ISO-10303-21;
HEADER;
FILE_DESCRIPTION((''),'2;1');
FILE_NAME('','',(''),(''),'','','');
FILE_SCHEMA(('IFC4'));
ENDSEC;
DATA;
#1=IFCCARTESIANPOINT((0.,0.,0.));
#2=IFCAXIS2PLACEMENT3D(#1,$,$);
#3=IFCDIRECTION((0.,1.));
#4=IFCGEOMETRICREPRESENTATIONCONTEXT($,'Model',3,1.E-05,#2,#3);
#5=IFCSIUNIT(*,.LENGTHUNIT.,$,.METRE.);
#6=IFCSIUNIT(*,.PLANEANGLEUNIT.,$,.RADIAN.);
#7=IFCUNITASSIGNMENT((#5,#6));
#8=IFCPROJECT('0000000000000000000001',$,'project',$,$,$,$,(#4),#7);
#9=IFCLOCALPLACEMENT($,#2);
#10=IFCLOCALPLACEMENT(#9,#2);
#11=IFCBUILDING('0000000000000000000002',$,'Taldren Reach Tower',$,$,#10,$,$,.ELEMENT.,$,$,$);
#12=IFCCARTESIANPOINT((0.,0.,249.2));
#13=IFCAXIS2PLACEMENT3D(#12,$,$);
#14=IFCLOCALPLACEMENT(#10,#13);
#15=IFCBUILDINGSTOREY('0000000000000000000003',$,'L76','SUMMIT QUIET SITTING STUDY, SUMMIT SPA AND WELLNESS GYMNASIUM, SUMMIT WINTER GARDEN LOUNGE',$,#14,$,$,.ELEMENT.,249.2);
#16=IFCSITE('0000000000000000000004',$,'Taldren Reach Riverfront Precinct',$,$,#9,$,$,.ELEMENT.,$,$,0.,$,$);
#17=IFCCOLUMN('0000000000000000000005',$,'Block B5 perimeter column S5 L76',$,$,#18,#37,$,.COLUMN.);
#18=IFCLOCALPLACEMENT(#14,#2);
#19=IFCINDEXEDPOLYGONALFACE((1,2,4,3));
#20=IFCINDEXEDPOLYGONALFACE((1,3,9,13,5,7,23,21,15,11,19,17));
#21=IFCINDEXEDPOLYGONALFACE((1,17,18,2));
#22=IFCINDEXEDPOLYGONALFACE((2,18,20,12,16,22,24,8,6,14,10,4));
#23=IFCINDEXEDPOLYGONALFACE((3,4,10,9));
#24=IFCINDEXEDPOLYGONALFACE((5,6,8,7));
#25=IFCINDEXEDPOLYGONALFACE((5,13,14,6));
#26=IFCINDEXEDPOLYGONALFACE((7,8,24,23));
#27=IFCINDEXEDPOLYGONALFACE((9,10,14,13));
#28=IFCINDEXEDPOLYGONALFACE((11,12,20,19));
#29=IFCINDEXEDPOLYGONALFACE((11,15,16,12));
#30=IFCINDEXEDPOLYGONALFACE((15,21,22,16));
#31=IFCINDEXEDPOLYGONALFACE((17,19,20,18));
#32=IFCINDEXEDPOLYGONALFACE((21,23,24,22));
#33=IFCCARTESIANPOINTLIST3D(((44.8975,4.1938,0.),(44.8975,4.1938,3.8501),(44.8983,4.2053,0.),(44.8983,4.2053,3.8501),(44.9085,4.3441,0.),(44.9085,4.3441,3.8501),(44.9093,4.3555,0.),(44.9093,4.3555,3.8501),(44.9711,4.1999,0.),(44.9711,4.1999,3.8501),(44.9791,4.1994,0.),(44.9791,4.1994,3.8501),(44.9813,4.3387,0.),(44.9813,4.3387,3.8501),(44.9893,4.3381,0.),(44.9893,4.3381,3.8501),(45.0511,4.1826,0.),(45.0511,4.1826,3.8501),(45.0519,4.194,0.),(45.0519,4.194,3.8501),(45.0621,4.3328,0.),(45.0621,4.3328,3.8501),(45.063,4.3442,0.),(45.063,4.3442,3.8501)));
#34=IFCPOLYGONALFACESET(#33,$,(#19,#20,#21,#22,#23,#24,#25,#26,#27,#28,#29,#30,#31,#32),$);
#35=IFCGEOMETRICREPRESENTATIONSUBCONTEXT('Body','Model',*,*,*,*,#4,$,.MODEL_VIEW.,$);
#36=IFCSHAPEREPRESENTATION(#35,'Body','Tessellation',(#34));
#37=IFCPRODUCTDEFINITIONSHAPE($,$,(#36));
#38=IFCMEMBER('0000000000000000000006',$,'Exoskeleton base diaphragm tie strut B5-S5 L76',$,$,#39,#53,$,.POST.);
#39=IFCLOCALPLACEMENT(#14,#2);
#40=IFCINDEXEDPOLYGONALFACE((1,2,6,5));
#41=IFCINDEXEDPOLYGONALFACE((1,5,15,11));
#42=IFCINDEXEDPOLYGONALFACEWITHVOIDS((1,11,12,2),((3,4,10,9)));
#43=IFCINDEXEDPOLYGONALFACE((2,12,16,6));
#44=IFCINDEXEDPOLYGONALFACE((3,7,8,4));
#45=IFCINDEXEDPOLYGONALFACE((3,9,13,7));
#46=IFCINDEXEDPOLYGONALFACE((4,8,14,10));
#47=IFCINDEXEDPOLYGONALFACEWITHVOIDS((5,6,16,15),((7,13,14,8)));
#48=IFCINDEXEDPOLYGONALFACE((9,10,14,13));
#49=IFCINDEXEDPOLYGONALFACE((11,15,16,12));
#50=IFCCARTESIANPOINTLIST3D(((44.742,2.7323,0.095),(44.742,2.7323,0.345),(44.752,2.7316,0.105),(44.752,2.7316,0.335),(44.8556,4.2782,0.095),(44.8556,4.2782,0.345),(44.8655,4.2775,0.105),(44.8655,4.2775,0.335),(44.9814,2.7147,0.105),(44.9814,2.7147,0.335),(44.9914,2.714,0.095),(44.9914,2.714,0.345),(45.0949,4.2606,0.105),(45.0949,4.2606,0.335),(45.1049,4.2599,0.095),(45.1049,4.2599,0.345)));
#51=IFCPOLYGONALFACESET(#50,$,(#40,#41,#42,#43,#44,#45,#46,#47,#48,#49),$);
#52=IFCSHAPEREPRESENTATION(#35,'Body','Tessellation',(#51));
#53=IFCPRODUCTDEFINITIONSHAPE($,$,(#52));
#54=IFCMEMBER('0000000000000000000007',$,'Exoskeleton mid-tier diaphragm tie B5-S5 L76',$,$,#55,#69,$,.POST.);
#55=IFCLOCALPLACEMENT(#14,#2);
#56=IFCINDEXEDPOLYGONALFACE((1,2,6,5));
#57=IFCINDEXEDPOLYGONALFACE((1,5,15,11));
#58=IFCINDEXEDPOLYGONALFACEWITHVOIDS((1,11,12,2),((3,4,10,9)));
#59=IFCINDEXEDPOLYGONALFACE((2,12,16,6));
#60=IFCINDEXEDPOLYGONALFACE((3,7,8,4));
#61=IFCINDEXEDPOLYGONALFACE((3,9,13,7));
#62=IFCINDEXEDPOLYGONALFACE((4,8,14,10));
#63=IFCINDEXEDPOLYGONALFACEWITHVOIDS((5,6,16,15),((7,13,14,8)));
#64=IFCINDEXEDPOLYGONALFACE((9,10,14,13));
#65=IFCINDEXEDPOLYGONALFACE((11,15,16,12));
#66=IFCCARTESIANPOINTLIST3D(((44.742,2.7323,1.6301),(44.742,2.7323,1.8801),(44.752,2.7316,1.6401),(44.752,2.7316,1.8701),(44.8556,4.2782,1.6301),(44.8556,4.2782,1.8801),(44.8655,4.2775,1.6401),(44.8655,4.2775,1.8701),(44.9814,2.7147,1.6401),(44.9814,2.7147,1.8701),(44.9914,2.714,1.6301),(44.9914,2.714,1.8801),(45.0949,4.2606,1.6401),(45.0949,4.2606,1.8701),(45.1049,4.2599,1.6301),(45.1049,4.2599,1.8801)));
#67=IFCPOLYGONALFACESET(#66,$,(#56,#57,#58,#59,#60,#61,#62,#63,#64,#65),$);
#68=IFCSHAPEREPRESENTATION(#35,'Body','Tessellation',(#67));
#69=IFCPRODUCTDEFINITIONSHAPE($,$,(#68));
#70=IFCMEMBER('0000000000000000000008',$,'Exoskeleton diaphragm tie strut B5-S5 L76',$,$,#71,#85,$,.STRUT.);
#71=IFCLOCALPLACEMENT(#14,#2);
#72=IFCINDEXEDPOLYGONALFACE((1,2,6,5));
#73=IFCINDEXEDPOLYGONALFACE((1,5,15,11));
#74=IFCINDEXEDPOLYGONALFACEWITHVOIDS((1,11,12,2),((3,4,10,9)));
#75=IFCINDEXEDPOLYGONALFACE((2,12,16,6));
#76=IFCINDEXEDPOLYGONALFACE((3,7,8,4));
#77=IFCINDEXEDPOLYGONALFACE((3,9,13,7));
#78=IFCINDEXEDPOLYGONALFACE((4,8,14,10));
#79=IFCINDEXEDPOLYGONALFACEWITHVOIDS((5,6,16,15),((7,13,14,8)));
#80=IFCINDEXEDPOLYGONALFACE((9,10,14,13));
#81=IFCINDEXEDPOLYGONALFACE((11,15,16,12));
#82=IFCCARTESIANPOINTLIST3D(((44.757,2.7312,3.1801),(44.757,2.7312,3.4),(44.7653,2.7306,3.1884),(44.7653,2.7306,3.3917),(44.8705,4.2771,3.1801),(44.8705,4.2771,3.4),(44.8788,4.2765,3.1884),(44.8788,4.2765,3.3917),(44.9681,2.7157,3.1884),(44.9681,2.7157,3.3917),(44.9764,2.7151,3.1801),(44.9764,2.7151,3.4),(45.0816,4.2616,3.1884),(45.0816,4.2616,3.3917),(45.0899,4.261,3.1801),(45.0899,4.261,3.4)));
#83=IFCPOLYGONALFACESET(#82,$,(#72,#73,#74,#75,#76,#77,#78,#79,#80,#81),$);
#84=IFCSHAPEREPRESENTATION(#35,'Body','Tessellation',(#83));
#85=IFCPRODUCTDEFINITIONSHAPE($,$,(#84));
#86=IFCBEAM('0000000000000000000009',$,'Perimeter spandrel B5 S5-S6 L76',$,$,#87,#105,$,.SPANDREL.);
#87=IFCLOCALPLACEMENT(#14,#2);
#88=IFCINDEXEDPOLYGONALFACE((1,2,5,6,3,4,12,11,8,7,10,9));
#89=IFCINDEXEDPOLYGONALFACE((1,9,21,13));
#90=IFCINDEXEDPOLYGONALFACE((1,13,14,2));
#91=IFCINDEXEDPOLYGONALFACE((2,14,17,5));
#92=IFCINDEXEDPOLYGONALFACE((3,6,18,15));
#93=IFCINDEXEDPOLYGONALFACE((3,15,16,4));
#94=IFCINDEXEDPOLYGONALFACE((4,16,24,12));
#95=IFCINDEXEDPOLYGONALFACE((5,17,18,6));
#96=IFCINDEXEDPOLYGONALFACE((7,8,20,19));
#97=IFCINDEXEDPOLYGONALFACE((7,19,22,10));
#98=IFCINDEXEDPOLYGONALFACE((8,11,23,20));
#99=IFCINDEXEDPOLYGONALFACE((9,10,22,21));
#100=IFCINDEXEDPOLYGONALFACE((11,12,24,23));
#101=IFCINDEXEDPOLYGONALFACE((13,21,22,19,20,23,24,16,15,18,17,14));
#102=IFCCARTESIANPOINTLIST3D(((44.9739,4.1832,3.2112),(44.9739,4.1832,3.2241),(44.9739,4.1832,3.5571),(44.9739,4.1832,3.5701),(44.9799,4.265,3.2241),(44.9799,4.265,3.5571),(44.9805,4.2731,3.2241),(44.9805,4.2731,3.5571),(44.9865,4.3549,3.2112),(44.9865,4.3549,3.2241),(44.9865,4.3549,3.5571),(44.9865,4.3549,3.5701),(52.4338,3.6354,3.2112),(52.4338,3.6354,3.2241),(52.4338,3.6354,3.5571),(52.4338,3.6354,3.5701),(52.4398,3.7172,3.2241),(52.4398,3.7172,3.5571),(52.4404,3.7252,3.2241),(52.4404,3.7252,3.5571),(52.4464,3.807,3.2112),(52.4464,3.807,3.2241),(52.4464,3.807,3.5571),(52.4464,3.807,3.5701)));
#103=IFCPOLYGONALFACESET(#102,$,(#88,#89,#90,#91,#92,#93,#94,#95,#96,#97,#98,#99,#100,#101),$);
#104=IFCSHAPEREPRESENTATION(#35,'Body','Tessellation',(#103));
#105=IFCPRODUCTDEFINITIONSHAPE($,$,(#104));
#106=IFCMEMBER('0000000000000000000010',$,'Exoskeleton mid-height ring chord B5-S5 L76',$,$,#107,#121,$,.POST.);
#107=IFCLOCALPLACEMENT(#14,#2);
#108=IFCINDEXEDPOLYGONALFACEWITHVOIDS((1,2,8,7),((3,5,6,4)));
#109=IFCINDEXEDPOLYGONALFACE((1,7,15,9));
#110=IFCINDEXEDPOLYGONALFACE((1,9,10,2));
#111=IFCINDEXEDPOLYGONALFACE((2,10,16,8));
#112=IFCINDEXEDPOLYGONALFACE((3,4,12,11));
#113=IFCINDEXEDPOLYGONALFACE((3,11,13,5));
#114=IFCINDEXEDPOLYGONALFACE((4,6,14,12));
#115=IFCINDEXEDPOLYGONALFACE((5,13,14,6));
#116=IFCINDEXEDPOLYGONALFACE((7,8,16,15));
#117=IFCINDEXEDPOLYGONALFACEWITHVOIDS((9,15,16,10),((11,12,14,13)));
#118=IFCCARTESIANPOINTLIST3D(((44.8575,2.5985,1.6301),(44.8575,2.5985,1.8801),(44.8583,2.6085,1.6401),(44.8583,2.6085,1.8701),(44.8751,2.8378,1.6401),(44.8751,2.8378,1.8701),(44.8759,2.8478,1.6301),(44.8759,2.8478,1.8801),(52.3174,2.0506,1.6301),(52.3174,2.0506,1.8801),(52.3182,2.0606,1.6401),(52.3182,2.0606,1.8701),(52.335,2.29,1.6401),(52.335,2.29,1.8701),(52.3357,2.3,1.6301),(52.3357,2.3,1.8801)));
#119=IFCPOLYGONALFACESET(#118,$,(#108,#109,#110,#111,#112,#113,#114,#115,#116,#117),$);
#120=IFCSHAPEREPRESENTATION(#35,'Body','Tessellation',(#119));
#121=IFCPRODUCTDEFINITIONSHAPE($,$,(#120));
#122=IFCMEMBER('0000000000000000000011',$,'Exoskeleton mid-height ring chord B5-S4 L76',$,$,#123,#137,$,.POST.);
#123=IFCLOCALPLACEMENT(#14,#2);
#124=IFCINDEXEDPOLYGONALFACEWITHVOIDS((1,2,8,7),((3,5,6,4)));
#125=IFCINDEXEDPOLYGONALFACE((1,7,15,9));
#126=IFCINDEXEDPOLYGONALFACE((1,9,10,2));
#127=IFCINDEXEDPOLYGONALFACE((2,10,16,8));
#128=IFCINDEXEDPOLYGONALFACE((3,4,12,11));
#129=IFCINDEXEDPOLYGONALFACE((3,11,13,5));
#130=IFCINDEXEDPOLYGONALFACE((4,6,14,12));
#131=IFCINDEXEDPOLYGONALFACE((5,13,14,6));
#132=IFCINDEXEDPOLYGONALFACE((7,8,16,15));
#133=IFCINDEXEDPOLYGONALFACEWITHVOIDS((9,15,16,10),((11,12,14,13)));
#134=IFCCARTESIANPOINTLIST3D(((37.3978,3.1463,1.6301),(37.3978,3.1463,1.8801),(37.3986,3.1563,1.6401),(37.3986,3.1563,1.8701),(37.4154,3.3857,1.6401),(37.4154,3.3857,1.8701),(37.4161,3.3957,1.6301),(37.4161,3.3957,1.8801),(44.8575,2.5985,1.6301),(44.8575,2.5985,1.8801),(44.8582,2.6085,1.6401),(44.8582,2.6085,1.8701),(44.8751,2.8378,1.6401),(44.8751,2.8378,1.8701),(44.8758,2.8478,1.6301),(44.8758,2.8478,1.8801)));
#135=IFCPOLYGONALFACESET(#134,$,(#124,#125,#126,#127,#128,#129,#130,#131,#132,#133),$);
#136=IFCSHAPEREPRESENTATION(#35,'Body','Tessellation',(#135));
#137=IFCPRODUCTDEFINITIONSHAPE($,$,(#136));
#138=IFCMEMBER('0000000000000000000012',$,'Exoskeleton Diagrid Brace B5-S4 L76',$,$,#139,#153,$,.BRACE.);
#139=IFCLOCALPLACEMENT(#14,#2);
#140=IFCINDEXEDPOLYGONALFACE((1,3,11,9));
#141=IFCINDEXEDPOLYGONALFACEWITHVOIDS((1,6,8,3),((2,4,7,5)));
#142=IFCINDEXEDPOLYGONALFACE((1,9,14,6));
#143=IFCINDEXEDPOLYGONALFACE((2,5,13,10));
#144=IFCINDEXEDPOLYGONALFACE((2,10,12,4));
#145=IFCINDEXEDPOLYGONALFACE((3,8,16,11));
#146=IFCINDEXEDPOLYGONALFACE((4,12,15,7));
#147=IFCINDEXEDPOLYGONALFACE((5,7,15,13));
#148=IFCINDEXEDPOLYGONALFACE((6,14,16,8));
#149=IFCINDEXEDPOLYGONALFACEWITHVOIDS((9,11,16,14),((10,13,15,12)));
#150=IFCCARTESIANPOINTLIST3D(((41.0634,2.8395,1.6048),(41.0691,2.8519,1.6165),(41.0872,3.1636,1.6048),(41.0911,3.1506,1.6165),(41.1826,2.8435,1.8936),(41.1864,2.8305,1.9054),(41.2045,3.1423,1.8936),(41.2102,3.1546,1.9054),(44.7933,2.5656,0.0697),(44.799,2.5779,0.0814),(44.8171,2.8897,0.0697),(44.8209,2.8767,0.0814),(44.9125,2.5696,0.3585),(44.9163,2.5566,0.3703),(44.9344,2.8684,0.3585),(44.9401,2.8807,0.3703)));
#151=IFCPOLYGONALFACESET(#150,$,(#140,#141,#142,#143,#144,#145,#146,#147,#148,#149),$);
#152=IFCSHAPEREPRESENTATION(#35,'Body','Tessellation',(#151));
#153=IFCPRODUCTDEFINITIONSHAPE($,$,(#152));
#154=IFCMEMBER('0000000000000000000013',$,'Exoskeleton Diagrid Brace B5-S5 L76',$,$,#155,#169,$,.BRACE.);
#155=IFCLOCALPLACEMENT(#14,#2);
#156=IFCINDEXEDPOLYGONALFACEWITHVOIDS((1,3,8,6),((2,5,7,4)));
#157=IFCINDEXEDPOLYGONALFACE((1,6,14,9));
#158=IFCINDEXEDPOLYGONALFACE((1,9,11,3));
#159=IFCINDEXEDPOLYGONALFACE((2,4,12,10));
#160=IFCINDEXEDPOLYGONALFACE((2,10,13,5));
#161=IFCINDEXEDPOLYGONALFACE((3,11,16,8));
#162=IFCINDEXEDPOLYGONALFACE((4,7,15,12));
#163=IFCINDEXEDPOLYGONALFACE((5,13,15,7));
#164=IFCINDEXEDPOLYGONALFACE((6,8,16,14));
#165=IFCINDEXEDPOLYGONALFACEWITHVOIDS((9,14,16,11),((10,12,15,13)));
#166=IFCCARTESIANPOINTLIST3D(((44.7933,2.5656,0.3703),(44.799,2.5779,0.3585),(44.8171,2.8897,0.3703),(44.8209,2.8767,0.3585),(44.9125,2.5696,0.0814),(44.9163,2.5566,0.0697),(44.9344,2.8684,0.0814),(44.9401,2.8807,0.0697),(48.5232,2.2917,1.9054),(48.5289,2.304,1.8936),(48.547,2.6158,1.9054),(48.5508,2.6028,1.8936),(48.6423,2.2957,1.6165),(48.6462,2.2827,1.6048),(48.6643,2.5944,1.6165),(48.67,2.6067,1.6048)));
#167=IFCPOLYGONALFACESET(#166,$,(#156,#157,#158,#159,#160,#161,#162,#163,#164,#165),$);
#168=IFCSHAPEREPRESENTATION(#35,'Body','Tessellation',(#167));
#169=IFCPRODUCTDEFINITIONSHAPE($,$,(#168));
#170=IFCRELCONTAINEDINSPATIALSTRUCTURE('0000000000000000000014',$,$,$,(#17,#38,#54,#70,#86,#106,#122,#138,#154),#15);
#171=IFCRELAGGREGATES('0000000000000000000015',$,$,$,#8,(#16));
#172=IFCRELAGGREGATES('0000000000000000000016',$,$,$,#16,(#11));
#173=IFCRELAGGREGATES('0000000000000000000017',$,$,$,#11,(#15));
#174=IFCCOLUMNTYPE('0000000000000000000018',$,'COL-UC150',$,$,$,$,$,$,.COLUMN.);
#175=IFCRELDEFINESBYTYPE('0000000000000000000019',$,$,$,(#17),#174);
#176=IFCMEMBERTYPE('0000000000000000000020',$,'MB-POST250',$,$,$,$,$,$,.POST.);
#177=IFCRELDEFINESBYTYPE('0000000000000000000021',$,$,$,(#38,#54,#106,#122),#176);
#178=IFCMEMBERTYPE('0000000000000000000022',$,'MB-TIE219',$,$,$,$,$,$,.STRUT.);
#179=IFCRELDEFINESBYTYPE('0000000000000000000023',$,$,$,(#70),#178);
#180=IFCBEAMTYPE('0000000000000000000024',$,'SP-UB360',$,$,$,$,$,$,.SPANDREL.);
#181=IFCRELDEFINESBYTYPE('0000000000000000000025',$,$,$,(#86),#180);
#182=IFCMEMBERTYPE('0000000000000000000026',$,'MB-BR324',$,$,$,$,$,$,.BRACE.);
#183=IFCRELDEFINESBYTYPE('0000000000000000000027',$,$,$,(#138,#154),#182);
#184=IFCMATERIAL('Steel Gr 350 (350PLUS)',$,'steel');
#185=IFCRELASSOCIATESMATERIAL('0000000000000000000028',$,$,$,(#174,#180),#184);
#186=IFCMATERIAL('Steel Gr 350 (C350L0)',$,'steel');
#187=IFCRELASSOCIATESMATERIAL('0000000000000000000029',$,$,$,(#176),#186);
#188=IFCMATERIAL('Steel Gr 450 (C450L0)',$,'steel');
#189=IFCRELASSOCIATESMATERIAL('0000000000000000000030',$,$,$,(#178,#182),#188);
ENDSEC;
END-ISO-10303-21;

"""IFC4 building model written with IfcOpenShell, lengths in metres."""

from ifc_helpers import new_model, si_unit, direction, frame, origin, origin_2d, place, context, subcontext, project, spatial, hollow_rectangle, i_section, extrude, source, transform, mapped, material, material_profile, profile_set, type_object, element, save


model = new_model("IFC4")

# Units and contexts
model_context = context("Model", 3, precision=1e-05, world=origin(), true_north=direction((0.0, 1.0)))
body_context = subcontext(model_context, "Body", "Model", "MODEL_VIEW")
ifc_project = project(units=[si_unit("LENGTHUNIT", "METRE"), si_unit("PLANEANGLEUNIT", "RADIAN")], contexts=[model_context])

# Site, building, storey
site_placement = place(None, origin())
site = spatial("IfcSite", under=ifc_project, at=site_placement, Name="Taldren Reach Riverfront Precinct", CompositionType="ELEMENT", RefElevation=0.0)
building_placement = place(site_placement, origin())
building = spatial("IfcBuilding", under=site, at=building_placement, Name="Taldren Reach Tower", CompositionType="ELEMENT")
storey_placement = place(building_placement, frame((0.0, 0.0, 249.2)))
storey = spatial("IfcBuildingStorey", under=building, at=storey_placement, Name="L76", Description="SUMMIT QUIET SITTING STUDY, SUMMIT SPA AND WELLNESS GYMNASIUM, SUMMIT WINTER GARDEN LOUNGE", CompositionType="ELEMENT", Elevation=249.2)

# Column
ifc_material_1 = material(Name="Steel Gr 350 (350PLUS)", Category="steel")
ifc_material_profile_1 = material_profile(ifc_material_1, i_section(OverallWidth=0.1541, OverallDepth=0.1621, WebThickness=0.0081, FlangeThickness=0.0115, at=origin_2d()), Name="150UC37.2")
ifc_profile_set_1 = profile_set([ifc_material_profile_1], Name="Steel Gr 350 (350PLUS)")
column_type = type_object("IfcColumnType", Name="COL-UC150", PredefinedType="COLUMN", material=ifc_profile_set_1)
shared_shape_1 = source(origin(), body_context, "Body", "SweptSolid", [
    extrude(i_section(OverallWidth=0.1541, OverallDepth=0.1621, WebThickness=0.0081, FlangeThickness=0.0115, at=origin_2d()), origin(), (0.0, 0.0, 1.0), 3.8501),
])
column_placement = place(storey_placement, frame((44.9802, 4.269, 0.0), z_axis=(0.0, 0.0, 1.0), x_axis=(0.997314, -0.073238, 0.0)))
element("IfcColumn", 1, at=column_placement, inside=storey, type_object=column_type, Name="Block B5 perimeter column S5 L76", PredefinedType="COLUMN", context=body_context, shape_type="MappedRepresentation", body=[
    mapped(shared_shape_1, transform((0.0, 0.0, 0.0), scale=1.0)),
])

# Members
ifc_material_2 = material(Name="Steel Gr 350 (C350L0)", Category="steel")
ifc_material_profile_2 = material_profile(ifc_material_2, hollow_rectangle(XDim=0.25, YDim=0.25, WallThickness=0.01, at=origin_2d()), Name="250x250x10.0SHS")
ifc_profile_set_2 = profile_set([ifc_material_profile_2], Name="Steel Gr 350 (C350L0)")
member_type_1 = type_object("IfcMemberType", Name="MB-POST250", PredefinedType="POST", material=ifc_profile_set_2)
shared_shape_2 = source(origin(), body_context, "Body", "SweptSolid", [
    extrude(hollow_rectangle(XDim=0.25, YDim=0.25, WallThickness=0.01, at=origin_2d()), origin(), (0.0, 0.0, 1.0), 1.55),
])
for number, where, z_axis, x_axis, name in (
    (2, (44.9802, 4.269, 0.22), (-0.073239, -0.997314, 0.0), (0.997314, -0.073239, 0.0), "Exoskeleton base diaphragm tie strut B5-S5 L76"),
    (3, (44.9802, 4.269, 1.7551), (-0.073239, -0.997314, 0.0), (0.997314, -0.073239, 0.0), "Exoskeleton mid-tier diaphragm tie B5-S5 L76"),
):
    element("IfcMember", number, at=place(storey_placement, frame(where, z_axis=z_axis, x_axis=x_axis)), inside=storey, type_object=member_type_1, Name=name, PredefinedType="POST", context=body_context, shape_type="MappedRepresentation", body=[
        mapped(shared_shape_2, transform((0.0, 0.0, 0.0), scale=1.0)),
    ])
ifc_material_3 = material(Name="Steel Gr 450 (C450L0)", Category="steel")
ifc_material_profile_3 = material_profile(ifc_material_3, hollow_rectangle(XDim=0.22, YDim=0.22, WallThickness=0.0083, at=origin_2d()), Name="220x220x8.2SHS")
ifc_profile_set_3 = profile_set([ifc_material_profile_3], Name="Steel Gr 450 (C450L0)")
member_type_2 = type_object("IfcMemberType", Name="MB-TIE219", PredefinedType="STRUT", material=ifc_profile_set_3)
shared_shape_3 = source(origin(), body_context, "Body", "SweptSolid", [
    extrude(hollow_rectangle(XDim=0.22, YDim=0.22, WallThickness=0.0083, at=origin_2d()), origin(), (0.0, 0.0, 1.0), 1.55),
])
member_1_placement = place(storey_placement, frame((44.9802, 4.269, 3.29), z_axis=(-0.073239, -0.997314, 0.0), x_axis=(0.997314, -0.073239, 0.0)))
element("IfcMember", 4, at=member_1_placement, inside=storey, type_object=member_type_2, Name="Exoskeleton diaphragm tie strut B5-S5 L76", PredefinedType="STRUT", context=body_context, shape_type="MappedRepresentation", body=[
    mapped(shared_shape_3, transform((0.0, 0.0, 0.0), scale=1.0)),
])

# Beam
ifc_material_profile_4 = material_profile(ifc_material_1, i_section(OverallWidth=0.1721, OverallDepth=0.3589, WebThickness=0.0081, FlangeThickness=0.0129, at=origin_2d()), Name="360UB56.7")
ifc_profile_set_4 = profile_set([ifc_material_profile_4], Name="Steel Gr 350 (350PLUS)")
beam_type = type_object("IfcBeamType", Name="SP-UB360", PredefinedType="SPANDREL", material=ifc_profile_set_4)
shared_shape_4 = source(origin(), body_context, "Body", "SweptSolid", [
    extrude(i_section(OverallWidth=0.1721, OverallDepth=0.3589, WebThickness=0.0081, FlangeThickness=0.0129, at=origin_2d()), origin(), (0.0, 0.0, 1.0), 7.48),
])
beam_placement = place(storey_placement, frame((44.9802, 4.269, 3.3906), z_axis=(0.997314, -0.073242, 0.0), x_axis=(0.073242, 0.997314, 0.0)))
element("IfcBeam", 5, at=beam_placement, inside=storey, type_object=beam_type, Name="Perimeter spandrel B5 S5-S6 L76", PredefinedType="SPANDREL", context=body_context, shape_type="MappedRepresentation", body=[
    mapped(shared_shape_4, transform((0.0, 0.0, 0.0), scale=1.0)),
])

# Members
shared_shape_5 = source(origin(), body_context, "Body", "SweptSolid", [
    extrude(hollow_rectangle(XDim=0.25, YDim=0.25, WallThickness=0.01, at=origin_2d()), origin(), (0.0, 0.0, 1.0), 7.48),
])
member_2_placement = place(storey_placement, frame((44.8667, 2.7231, 1.7551), z_axis=(0.997314, -0.073242, 0.0), x_axis=(0.073242, 0.997314, 0.0)))
element("IfcMember", 6, at=member_2_placement, inside=storey, type_object=member_type_1, Name="Exoskeleton mid-height ring chord B5-S5 L76", PredefinedType="POST", context=body_context, shape_type="MappedRepresentation", body=[
    mapped(shared_shape_5, transform((0.0, 0.0, 0.0), scale=1.0)),
])
shared_shape_6 = source(origin(), body_context, "Body", "SweptSolid", [
    extrude(hollow_rectangle(XDim=0.25, YDim=0.25, WallThickness=0.01, at=origin_2d()), origin(), (0.0, 0.0, 1.0), 7.4797),
])
member_3_placement = place(storey_placement, frame((37.407, 3.271, 1.7551), z_axis=(0.997314, -0.073244, 0.0), x_axis=(0.073244, 0.997314, 0.0)))
element("IfcMember", 7, at=member_3_placement, inside=storey, type_object=member_type_1, Name="Exoskeleton mid-height ring chord B5-S4 L76", PredefinedType="POST", context=body_context, shape_type="MappedRepresentation", body=[
    mapped(shared_shape_6, transform((0.0, 0.0, 0.0), scale=1.0)),
])
ifc_material_profile_5 = material_profile(ifc_material_3, hollow_rectangle(XDim=0.325, YDim=0.325, WallThickness=0.0127, at=origin_2d()), Name="325x325x12.7SHS")
ifc_profile_set_5 = profile_set([ifc_material_profile_5], Name="Steel Gr 450 (C450L0)")
member_type_3 = type_object("IfcMemberType", Name="MB-BR324", PredefinedType="BRACE", material=ifc_profile_set_5)
shared_shape_7 = source(origin(), body_context, "Body", "SweptSolid", [
    extrude(hollow_rectangle(XDim=0.325, YDim=0.325, WallThickness=0.0127, at=origin_2d()), origin(), (0.0, 0.0, 1.0), 4.0427),
])
for number, where, z_axis, x_axis, name in (
    (8, (44.8667, 2.7231, 0.22), (-0.922616, 0.067756, 0.379723), (-0.073242, -0.997314, 0.0), "Exoskeleton Diagrid Brace B5-S4 L76"),
    (9, (44.8667, 2.7231, 0.22), (0.922616, -0.067756, 0.379723), (0.073242, 0.997314, 0.0), "Exoskeleton Diagrid Brace B5-S5 L76"),
):
    element("IfcMember", number, at=place(storey_placement, frame(where, z_axis=z_axis, x_axis=x_axis)), inside=storey, type_object=member_type_3, Name=name, PredefinedType="BRACE", context=body_context, shape_type="MappedRepresentation", body=[
        mapped(shared_shape_7, transform((0.0, 0.0, 0.0), scale=1.0)),
    ])

save(model, "model.ifc")
